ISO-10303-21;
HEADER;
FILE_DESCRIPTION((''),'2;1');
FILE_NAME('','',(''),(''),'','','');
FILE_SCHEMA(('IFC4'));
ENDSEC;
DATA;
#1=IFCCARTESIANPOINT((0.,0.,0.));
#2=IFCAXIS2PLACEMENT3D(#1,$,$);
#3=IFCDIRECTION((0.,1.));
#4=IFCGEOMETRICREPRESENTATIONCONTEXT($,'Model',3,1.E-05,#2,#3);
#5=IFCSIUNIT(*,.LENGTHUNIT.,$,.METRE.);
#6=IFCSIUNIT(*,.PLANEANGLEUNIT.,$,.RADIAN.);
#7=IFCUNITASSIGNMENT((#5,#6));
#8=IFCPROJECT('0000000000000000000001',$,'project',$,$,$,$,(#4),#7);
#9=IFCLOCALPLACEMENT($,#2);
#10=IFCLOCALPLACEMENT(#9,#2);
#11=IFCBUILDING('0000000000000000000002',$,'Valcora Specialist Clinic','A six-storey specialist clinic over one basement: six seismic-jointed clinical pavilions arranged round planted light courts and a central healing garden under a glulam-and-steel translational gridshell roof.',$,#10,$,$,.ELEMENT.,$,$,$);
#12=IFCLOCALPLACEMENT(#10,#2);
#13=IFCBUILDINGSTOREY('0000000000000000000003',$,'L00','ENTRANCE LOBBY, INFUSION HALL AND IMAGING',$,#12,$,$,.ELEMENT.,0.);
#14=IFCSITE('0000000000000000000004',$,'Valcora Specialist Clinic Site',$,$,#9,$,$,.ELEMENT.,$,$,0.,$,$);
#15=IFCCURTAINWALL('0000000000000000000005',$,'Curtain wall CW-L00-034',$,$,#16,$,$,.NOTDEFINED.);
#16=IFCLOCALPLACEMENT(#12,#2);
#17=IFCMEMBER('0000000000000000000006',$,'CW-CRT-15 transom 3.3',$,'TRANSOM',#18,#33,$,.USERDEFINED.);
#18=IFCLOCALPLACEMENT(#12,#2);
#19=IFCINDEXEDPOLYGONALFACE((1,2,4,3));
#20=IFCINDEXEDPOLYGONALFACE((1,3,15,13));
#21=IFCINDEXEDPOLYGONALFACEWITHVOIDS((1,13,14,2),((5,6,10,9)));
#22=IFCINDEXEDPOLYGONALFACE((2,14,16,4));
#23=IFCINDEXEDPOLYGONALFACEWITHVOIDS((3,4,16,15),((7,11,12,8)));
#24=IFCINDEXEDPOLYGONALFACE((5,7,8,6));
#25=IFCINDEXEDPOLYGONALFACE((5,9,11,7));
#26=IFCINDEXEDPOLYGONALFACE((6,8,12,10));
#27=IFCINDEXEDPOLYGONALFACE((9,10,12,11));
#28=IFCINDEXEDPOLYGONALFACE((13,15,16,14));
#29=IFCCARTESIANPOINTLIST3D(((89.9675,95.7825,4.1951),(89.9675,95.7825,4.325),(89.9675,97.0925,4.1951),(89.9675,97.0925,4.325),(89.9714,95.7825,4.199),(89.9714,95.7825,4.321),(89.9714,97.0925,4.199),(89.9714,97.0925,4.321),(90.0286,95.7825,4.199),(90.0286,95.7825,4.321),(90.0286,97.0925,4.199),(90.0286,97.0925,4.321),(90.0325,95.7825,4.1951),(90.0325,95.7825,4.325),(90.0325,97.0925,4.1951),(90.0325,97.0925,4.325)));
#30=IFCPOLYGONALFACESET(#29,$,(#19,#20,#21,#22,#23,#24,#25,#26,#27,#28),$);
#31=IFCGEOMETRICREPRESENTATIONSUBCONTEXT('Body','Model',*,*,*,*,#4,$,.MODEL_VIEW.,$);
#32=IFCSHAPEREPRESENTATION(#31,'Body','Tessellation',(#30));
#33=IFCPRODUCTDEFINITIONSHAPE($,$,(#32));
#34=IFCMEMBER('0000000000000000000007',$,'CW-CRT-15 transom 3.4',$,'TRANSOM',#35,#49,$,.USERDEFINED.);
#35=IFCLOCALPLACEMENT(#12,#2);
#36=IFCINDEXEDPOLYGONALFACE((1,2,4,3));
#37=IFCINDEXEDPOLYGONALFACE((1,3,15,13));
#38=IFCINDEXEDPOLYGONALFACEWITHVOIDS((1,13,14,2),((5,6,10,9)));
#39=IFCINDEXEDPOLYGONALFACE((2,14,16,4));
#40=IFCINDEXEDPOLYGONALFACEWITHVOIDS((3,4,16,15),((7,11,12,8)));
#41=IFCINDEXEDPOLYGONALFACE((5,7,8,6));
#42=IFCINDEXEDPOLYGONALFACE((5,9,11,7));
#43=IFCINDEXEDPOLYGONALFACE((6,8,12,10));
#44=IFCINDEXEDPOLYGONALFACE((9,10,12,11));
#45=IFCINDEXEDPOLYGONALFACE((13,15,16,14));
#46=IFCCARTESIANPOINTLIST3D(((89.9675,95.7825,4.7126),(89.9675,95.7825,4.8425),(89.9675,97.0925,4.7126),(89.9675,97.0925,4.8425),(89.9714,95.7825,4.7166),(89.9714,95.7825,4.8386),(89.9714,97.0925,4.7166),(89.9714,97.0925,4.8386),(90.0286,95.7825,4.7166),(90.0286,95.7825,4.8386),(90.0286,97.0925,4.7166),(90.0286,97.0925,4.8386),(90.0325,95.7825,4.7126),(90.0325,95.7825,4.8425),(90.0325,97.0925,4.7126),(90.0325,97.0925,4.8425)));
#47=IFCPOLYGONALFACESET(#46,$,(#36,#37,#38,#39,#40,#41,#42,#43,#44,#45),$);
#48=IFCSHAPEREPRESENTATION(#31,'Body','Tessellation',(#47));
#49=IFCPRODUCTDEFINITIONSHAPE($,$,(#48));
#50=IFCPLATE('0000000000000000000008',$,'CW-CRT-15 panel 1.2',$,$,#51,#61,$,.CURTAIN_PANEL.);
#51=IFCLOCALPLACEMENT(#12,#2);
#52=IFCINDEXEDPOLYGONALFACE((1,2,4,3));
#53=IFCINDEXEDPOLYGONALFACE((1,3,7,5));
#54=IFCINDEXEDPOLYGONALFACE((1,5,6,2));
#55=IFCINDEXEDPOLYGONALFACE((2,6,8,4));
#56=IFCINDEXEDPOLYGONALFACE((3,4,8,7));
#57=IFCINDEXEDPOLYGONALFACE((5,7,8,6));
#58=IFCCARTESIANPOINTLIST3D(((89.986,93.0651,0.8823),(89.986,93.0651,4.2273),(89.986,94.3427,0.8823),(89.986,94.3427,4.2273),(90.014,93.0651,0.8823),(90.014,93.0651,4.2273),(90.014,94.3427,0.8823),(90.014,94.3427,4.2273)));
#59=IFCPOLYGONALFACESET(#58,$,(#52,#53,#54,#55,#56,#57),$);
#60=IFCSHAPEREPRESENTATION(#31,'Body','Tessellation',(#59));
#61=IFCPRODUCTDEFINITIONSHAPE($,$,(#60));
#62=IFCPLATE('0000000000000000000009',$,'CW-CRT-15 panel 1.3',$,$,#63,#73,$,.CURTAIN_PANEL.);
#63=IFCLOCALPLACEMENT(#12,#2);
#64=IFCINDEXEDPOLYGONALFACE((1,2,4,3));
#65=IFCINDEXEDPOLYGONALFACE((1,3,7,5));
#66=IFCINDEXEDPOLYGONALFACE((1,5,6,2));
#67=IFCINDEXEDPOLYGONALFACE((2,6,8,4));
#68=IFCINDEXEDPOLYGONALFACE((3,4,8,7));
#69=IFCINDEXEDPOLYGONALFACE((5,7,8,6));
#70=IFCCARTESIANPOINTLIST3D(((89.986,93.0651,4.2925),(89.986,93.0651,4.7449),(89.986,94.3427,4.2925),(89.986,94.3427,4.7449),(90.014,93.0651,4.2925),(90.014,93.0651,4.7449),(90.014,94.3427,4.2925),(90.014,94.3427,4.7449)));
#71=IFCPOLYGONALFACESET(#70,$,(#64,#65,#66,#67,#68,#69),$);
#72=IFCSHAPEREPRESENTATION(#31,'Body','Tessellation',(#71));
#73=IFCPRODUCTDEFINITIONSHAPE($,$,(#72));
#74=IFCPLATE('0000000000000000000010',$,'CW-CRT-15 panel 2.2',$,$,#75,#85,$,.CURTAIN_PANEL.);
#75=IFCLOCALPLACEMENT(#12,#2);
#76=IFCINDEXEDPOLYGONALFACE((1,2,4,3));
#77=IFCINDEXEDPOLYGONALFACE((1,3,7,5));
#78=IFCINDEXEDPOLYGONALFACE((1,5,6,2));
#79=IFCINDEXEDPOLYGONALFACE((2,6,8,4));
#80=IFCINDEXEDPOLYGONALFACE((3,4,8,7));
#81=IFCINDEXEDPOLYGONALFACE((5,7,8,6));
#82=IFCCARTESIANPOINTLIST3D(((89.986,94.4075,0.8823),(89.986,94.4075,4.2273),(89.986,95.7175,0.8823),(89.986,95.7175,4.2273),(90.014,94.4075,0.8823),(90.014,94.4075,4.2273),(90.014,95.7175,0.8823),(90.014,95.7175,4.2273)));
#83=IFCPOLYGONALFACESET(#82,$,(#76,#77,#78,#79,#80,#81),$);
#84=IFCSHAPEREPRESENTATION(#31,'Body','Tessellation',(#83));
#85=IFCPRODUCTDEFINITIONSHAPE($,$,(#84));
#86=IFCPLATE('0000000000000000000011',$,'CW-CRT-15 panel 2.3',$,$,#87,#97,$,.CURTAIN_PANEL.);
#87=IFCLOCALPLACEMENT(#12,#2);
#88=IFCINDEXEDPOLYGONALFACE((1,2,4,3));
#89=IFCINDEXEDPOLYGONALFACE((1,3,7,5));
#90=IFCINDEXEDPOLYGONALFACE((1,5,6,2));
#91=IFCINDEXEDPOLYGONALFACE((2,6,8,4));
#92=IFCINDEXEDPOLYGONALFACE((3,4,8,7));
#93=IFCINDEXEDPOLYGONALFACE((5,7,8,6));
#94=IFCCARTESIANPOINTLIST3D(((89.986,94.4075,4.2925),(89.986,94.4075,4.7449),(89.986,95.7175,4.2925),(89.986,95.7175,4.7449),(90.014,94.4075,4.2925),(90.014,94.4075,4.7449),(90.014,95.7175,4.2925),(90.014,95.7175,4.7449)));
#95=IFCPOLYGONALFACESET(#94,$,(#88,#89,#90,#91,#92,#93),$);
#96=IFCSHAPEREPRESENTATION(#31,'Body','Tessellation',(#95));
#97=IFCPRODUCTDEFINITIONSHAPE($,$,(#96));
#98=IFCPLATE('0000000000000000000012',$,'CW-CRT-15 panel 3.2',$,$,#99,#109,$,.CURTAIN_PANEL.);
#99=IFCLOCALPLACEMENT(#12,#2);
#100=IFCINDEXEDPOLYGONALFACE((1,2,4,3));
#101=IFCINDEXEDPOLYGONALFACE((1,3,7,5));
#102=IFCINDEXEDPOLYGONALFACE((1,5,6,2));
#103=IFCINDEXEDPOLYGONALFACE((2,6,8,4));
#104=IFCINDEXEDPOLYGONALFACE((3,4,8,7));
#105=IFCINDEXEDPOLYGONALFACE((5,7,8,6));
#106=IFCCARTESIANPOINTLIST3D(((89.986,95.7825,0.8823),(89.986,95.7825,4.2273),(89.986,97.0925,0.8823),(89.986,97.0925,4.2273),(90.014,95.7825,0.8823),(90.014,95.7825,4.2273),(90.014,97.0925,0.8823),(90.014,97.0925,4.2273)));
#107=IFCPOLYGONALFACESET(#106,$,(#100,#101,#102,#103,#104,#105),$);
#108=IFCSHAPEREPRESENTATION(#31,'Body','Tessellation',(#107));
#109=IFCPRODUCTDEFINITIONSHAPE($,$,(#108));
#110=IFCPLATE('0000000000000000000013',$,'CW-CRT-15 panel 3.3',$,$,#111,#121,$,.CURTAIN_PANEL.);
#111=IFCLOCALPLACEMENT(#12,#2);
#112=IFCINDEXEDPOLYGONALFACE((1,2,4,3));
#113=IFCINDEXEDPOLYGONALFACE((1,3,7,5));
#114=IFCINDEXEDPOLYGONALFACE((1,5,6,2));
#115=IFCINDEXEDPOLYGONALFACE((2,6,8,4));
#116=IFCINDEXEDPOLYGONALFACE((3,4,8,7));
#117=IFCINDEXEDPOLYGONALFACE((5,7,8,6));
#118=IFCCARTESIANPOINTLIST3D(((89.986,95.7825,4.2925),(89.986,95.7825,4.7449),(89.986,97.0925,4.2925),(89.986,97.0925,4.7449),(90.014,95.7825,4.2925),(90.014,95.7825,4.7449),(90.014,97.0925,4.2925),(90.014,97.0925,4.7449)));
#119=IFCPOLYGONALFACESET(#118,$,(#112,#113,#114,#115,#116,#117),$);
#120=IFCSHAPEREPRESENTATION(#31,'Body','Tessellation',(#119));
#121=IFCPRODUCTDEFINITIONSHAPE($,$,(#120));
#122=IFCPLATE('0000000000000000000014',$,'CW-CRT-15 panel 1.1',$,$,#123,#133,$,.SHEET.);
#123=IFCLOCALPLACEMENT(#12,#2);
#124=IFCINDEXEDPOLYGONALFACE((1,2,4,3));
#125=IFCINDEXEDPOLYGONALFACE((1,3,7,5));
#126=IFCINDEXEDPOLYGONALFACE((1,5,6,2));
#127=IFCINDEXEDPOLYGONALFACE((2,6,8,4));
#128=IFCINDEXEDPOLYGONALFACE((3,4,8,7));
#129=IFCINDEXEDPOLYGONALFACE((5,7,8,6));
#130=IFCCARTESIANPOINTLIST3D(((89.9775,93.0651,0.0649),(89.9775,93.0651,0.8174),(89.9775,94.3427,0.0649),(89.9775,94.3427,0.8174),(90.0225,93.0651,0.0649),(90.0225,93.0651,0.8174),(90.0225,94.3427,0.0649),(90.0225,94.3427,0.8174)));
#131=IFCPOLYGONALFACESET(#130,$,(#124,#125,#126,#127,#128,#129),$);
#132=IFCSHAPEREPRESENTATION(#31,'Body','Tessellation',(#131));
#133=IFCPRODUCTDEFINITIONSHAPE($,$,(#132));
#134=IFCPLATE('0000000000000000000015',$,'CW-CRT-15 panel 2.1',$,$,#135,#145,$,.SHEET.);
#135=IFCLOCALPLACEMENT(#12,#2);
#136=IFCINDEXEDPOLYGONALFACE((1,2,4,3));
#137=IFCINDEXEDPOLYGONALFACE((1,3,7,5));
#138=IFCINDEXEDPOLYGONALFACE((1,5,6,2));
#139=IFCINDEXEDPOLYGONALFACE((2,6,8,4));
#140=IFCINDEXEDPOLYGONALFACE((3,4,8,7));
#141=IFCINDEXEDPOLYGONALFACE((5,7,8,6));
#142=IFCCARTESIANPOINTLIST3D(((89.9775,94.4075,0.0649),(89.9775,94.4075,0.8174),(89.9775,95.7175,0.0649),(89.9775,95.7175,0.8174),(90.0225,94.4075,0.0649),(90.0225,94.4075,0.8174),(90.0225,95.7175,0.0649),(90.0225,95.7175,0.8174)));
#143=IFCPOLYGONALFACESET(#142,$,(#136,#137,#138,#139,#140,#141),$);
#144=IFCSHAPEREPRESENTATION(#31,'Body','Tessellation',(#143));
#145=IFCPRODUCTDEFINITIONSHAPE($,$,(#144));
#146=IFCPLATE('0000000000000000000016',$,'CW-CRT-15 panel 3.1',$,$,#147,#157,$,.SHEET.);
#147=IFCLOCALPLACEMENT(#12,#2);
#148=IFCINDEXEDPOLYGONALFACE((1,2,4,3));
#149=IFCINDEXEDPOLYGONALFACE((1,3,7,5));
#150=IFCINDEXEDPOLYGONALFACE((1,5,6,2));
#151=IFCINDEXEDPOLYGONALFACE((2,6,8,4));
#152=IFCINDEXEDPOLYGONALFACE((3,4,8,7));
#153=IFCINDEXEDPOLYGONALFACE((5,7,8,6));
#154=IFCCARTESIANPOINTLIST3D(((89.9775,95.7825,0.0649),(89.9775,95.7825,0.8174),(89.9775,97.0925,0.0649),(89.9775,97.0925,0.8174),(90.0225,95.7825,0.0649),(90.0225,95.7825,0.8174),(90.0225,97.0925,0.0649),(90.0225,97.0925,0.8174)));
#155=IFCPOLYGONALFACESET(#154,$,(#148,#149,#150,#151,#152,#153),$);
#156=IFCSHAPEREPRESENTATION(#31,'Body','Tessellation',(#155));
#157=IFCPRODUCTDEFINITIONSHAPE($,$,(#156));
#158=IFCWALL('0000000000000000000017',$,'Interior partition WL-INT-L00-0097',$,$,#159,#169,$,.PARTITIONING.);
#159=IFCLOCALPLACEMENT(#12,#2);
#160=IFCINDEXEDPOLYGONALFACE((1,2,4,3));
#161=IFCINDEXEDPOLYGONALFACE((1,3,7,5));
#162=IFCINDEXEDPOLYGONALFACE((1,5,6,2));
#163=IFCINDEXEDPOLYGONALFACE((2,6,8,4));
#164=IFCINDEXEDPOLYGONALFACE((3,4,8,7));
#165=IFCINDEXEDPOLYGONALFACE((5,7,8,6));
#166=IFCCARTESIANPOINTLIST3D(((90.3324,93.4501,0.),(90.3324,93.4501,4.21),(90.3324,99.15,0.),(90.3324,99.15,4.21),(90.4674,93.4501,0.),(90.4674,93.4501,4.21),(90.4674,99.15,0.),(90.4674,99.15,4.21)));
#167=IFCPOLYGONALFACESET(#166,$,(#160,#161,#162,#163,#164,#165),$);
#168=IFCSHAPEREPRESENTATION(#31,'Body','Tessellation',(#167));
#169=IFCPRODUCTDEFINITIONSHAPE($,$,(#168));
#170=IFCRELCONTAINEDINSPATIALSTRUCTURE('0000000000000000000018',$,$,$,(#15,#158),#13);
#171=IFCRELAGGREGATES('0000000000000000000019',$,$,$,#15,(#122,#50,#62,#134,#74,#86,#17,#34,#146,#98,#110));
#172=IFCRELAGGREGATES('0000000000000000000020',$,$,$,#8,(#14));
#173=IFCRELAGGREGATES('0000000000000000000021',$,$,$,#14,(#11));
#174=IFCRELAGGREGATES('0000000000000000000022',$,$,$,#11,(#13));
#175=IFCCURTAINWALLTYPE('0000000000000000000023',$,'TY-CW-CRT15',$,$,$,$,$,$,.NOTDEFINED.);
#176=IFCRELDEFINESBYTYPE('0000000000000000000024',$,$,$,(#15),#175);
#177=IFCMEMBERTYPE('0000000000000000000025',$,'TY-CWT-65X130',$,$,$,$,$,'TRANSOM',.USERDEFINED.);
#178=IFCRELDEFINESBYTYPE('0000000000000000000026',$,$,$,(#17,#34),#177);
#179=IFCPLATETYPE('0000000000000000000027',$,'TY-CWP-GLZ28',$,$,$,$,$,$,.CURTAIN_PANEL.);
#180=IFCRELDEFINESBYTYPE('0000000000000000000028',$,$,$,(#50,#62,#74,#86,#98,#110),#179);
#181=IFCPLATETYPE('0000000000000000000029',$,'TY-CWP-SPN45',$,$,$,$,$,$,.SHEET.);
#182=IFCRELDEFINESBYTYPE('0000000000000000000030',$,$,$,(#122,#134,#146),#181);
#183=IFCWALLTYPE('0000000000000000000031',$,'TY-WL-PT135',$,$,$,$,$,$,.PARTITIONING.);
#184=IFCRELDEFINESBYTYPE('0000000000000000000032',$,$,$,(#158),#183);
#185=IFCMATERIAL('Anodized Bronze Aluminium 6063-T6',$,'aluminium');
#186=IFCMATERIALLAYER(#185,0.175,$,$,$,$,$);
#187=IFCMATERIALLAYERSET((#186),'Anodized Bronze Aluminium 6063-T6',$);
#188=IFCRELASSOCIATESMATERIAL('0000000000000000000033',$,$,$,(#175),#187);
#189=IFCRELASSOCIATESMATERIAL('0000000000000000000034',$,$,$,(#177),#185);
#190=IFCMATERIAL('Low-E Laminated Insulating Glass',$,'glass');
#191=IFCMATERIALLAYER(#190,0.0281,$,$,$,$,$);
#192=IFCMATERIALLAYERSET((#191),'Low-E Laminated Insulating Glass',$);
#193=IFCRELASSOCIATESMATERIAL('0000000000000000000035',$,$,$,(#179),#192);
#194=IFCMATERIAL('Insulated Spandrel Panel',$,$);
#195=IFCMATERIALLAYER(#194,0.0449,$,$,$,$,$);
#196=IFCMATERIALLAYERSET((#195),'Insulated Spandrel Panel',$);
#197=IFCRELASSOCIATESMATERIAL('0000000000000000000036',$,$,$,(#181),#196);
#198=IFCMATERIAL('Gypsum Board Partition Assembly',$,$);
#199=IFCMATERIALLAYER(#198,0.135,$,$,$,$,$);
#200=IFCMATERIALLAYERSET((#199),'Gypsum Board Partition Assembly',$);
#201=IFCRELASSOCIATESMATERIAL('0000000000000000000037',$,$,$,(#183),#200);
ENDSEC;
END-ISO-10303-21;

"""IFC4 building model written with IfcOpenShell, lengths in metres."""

from ifc_helpers import new_model, si_unit, direction, frame, frame_2d, origin, origin_2d, place, context, subcontext, project, spatial, rectangle, hollow_rectangle, extrude, material, layer, layer_set, material_profile, profile_set, type_object, element, aggregate, save


model = new_model("IFC4")

# Units and contexts
model_context = context("Model", 3, precision=1e-05, world=origin(), true_north=direction((0.0, 1.0)))
body_context = subcontext(model_context, "Body", "Model", "MODEL_VIEW")
ifc_project = project(units=[si_unit("LENGTHUNIT", "METRE"), si_unit("PLANEANGLEUNIT", "RADIAN")], contexts=[model_context])

# Site, building, storey
site_placement = place(None, origin())
site = spatial("IfcSite", under=ifc_project, at=site_placement, Name="Valcora Specialist Clinic Site", CompositionType="ELEMENT", RefElevation=0.0)
building_placement = place(site_placement, origin())
building = spatial("IfcBuilding", under=site, at=building_placement, Name="Valcora Specialist Clinic", Description="A six-storey specialist clinic over one basement: six seismic-jointed clinical pavilions arranged round planted light courts and a central healing garden under a glulam-and-steel translational gridshell roof.", CompositionType="ELEMENT")
storey_placement = place(building_placement, origin())
storey = spatial("IfcBuildingStorey", under=building, at=storey_placement, Name="L00", Description="ENTRANCE LOBBY, INFUSION HALL AND IMAGING", CompositionType="ELEMENT", Elevation=0.0)

# Curtain wall, members, plates
ifc_material_1 = material(Name="Anodized Bronze Aluminium 6063-T6", Category="aluminium")
ifc_layer_1 = layer(ifc_material_1, 0.175)
ifc_layer_set_1 = layer_set([ifc_layer_1], Name="Anodized Bronze Aluminium 6063-T6")
curtain_wall_type = type_object("IfcCurtainWallType", Name="TY-CW-CRT15", PredefinedType="NOTDEFINED", material=ifc_layer_set_1)
curtain_wall_placement = place(storey_placement, origin())
curtain_wall = element("IfcCurtainWall", 1, at=curtain_wall_placement, inside=storey, type_object=curtain_wall_type, Name="Curtain wall CW-L00-034", PredefinedType="NOTDEFINED")
ifc_material_profile_1 = material_profile(ifc_material_1, hollow_rectangle(XDim=0.0649, YDim=0.1299, WallThickness=0.0039, at=origin_2d()), Name="AL-TRN-65X130")
ifc_profile_set_1 = profile_set([ifc_material_profile_1], Name="Anodized Bronze Aluminium 6063-T6")
member_type_1 = type_object("IfcMemberType", Name="TY-CWT-65X130", ElementType="TRANSOM", PredefinedType="USERDEFINED", material=ifc_profile_set_1)
member_1_placement = place(storey_placement, frame((90.0, 95.7825, 4.26), z_axis=(0.0, 1.0, 0.0), x_axis=(-1.0, 0.0, 0.0)))
member_1 = element("IfcMember", 2, at=member_1_placement, type_object=member_type_1, Name="CW-CRT-15 transom 3.3", ObjectType="TRANSOM", PredefinedType="USERDEFINED", context=body_context, shape_type="SweptSolid", body=[
    extrude(hollow_rectangle(XDim=0.0649, YDim=0.1299, WallThickness=0.0039, at=origin_2d()), origin(), (0.0, 0.0, 1.0), 1.3101),
])
member_2_placement = place(storey_placement, frame((90.0, 95.7825, 4.7776), z_axis=(0.0, 1.0, 0.0), x_axis=(-1.0, 0.0, 0.0)))
member_2 = element("IfcMember", 3, at=member_2_placement, type_object=member_type_1, Name="CW-CRT-15 transom 3.4", ObjectType="TRANSOM", PredefinedType="USERDEFINED", context=body_context, shape_type="SweptSolid", body=[
    extrude(hollow_rectangle(XDim=0.0649, YDim=0.1299, WallThickness=0.0039, at=origin_2d()), origin(), (0.0, 0.0, 1.0), 1.3101),
])
ifc_material_2 = material(Name="Low-E Laminated Insulating Glass", Category="glass")
ifc_layer_2 = layer(ifc_material_2, 0.0281)
ifc_layer_set_2 = layer_set([ifc_layer_2], Name="Low-E Laminated Insulating Glass")
plate_type_1 = type_object("IfcPlateType", Name="TY-CWP-GLZ28", PredefinedType="CURTAIN_PANEL", material=ifc_layer_set_2)
plate_1_placement = place(storey_placement, frame((90.0, 93.7039, 0.8823), z_axis=(0.0, 0.0, 1.0), x_axis=(0.0, 1.0, 0.0)))
plate_1 = element("IfcPlate", 4, at=plate_1_placement, type_object=plate_type_1, Name="CW-CRT-15 panel 1.2", PredefinedType="CURTAIN_PANEL", context=body_context, shape_type="SweptSolid", body=[
    extrude(rectangle(XDim=1.2776, YDim=0.0281, at=origin_2d()), origin(), (0.0, 0.0, 1.0), 3.345),
])
plate_2_placement = place(storey_placement, frame((90.0, 93.7039, 4.2925), z_axis=(0.0, 0.0, 1.0), x_axis=(0.0, 1.0, 0.0)))
plate_2 = element("IfcPlate", 5, at=plate_2_placement, type_object=plate_type_1, Name="CW-CRT-15 panel 1.3", PredefinedType="CURTAIN_PANEL", context=body_context, shape_type="SweptSolid", body=[
    extrude(rectangle(XDim=1.2776, YDim=0.0281, at=origin_2d()), origin(), (0.0, 0.0, 1.0), 0.4524),
])
plate_3_placement = place(storey_placement, frame((90.0, 95.0625, 0.8823), z_axis=(0.0, 0.0, 1.0), x_axis=(0.0, 1.0, 0.0)))
plate_3 = element("IfcPlate", 6, at=plate_3_placement, type_object=plate_type_1, Name="CW-CRT-15 panel 2.2", PredefinedType="CURTAIN_PANEL", context=body_context, shape_type="SweptSolid", body=[
    extrude(rectangle(XDim=1.3101, YDim=0.0281, at=origin_2d()), origin(), (0.0, 0.0, 1.0), 3.345),
])
plate_4_placement = place(storey_placement, frame((90.0, 95.0625, 4.2925), z_axis=(0.0, 0.0, 1.0), x_axis=(0.0, 1.0, 0.0)))
plate_4 = element("IfcPlate", 7, at=plate_4_placement, type_object=plate_type_1, Name="CW-CRT-15 panel 2.3", PredefinedType="CURTAIN_PANEL", context=body_context, shape_type="SweptSolid", body=[
    extrude(rectangle(XDim=1.3101, YDim=0.0281, at=origin_2d()), origin(), (0.0, 0.0, 1.0), 0.4524),
])
plate_5_placement = place(storey_placement, frame((90.0, 96.4375, 0.8823), z_axis=(0.0, 0.0, 1.0), x_axis=(0.0, 1.0, 0.0)))
plate_5 = element("IfcPlate", 8, at=plate_5_placement, type_object=plate_type_1, Name="CW-CRT-15 panel 3.2", PredefinedType="CURTAIN_PANEL", context=body_context, shape_type="SweptSolid", body=[
    extrude(rectangle(XDim=1.3101, YDim=0.0281, at=origin_2d()), origin(), (0.0, 0.0, 1.0), 3.345),
])
plate_6_placement = place(storey_placement, frame((90.0, 96.4375, 4.2925), z_axis=(0.0, 0.0, 1.0), x_axis=(0.0, 1.0, 0.0)))
plate_6 = element("IfcPlate", 9, at=plate_6_placement, type_object=plate_type_1, Name="CW-CRT-15 panel 3.3", PredefinedType="CURTAIN_PANEL", context=body_context, shape_type="SweptSolid", body=[
    extrude(rectangle(XDim=1.3101, YDim=0.0281, at=origin_2d()), origin(), (0.0, 0.0, 1.0), 0.4524),
])
ifc_material_3 = material(Name="Insulated Spandrel Panel")
ifc_layer_3 = layer(ifc_material_3, 0.0449)
ifc_layer_set_3 = layer_set([ifc_layer_3], Name="Insulated Spandrel Panel")
plate_type_2 = type_object("IfcPlateType", Name="TY-CWP-SPN45", PredefinedType="SHEET", material=ifc_layer_set_3)
plate_7_placement = place(storey_placement, frame((90.0, 93.7039, 0.0649), z_axis=(0.0, 0.0, 1.0), x_axis=(0.0, 1.0, 0.0)))
plate_7 = element("IfcPlate", 10, at=plate_7_placement, type_object=plate_type_2, Name="CW-CRT-15 panel 1.1", PredefinedType="SHEET", context=body_context, shape_type="SweptSolid", body=[
    extrude(rectangle(XDim=1.2776, YDim=0.0449, at=origin_2d()), origin(), (0.0, 0.0, 1.0), 0.7524),
])
plate_8_placement = place(storey_placement, frame((90.0, 95.0625, 0.0649), z_axis=(0.0, 0.0, 1.0), x_axis=(0.0, 1.0, 0.0)))
plate_8 = element("IfcPlate", 11, at=plate_8_placement, type_object=plate_type_2, Name="CW-CRT-15 panel 2.1", PredefinedType="SHEET", context=body_context, shape_type="SweptSolid", body=[
    extrude(rectangle(XDim=1.3101, YDim=0.0449, at=origin_2d()), origin(), (0.0, 0.0, 1.0), 0.7524),
])
plate_9_placement = place(storey_placement, frame((90.0, 96.4375, 0.0649), z_axis=(0.0, 0.0, 1.0), x_axis=(0.0, 1.0, 0.0)))
plate_9 = element("IfcPlate", 12, at=plate_9_placement, type_object=plate_type_2, Name="CW-CRT-15 panel 3.1", PredefinedType="SHEET", context=body_context, shape_type="SweptSolid", body=[
    extrude(rectangle(XDim=1.3101, YDim=0.0449, at=origin_2d()), origin(), (0.0, 0.0, 1.0), 0.7524),
])
aggregate(curtain_wall, [plate_7, plate_1, plate_2, plate_8, plate_3, plate_4, member_1, member_2, plate_9, plate_5, plate_6])

# Wall
ifc_material_4 = material(Name="Gypsum Board Partition Assembly")
ifc_layer_4 = layer(ifc_material_4, 0.135)
ifc_layer_set_4 = layer_set([ifc_layer_4], Name="Gypsum Board Partition Assembly")
wall_type = type_object("IfcWallType", Name="TY-WL-PT135", PredefinedType="PARTITIONING", material=ifc_layer_set_4)
wall_placement = place(storey_placement, frame((90.3999, 93.45, 0.0), z_axis=(0.0, 0.0, 1.0), x_axis=(0.0, 1.0, 0.0)))
element("IfcWall", 13, at=wall_placement, inside=storey, type_object=wall_type, Name="Interior partition WL-INT-L00-0097", PredefinedType="PARTITIONING", context=body_context, shape_type="SweptSolid", body=[
    extrude(rectangle(XDim=5.7, YDim=0.135, at=frame_2d((2.8501, 0.0))), origin(), (0.0, 0.0, 1.0), 4.21),
])

save(model, "model.ifc")
